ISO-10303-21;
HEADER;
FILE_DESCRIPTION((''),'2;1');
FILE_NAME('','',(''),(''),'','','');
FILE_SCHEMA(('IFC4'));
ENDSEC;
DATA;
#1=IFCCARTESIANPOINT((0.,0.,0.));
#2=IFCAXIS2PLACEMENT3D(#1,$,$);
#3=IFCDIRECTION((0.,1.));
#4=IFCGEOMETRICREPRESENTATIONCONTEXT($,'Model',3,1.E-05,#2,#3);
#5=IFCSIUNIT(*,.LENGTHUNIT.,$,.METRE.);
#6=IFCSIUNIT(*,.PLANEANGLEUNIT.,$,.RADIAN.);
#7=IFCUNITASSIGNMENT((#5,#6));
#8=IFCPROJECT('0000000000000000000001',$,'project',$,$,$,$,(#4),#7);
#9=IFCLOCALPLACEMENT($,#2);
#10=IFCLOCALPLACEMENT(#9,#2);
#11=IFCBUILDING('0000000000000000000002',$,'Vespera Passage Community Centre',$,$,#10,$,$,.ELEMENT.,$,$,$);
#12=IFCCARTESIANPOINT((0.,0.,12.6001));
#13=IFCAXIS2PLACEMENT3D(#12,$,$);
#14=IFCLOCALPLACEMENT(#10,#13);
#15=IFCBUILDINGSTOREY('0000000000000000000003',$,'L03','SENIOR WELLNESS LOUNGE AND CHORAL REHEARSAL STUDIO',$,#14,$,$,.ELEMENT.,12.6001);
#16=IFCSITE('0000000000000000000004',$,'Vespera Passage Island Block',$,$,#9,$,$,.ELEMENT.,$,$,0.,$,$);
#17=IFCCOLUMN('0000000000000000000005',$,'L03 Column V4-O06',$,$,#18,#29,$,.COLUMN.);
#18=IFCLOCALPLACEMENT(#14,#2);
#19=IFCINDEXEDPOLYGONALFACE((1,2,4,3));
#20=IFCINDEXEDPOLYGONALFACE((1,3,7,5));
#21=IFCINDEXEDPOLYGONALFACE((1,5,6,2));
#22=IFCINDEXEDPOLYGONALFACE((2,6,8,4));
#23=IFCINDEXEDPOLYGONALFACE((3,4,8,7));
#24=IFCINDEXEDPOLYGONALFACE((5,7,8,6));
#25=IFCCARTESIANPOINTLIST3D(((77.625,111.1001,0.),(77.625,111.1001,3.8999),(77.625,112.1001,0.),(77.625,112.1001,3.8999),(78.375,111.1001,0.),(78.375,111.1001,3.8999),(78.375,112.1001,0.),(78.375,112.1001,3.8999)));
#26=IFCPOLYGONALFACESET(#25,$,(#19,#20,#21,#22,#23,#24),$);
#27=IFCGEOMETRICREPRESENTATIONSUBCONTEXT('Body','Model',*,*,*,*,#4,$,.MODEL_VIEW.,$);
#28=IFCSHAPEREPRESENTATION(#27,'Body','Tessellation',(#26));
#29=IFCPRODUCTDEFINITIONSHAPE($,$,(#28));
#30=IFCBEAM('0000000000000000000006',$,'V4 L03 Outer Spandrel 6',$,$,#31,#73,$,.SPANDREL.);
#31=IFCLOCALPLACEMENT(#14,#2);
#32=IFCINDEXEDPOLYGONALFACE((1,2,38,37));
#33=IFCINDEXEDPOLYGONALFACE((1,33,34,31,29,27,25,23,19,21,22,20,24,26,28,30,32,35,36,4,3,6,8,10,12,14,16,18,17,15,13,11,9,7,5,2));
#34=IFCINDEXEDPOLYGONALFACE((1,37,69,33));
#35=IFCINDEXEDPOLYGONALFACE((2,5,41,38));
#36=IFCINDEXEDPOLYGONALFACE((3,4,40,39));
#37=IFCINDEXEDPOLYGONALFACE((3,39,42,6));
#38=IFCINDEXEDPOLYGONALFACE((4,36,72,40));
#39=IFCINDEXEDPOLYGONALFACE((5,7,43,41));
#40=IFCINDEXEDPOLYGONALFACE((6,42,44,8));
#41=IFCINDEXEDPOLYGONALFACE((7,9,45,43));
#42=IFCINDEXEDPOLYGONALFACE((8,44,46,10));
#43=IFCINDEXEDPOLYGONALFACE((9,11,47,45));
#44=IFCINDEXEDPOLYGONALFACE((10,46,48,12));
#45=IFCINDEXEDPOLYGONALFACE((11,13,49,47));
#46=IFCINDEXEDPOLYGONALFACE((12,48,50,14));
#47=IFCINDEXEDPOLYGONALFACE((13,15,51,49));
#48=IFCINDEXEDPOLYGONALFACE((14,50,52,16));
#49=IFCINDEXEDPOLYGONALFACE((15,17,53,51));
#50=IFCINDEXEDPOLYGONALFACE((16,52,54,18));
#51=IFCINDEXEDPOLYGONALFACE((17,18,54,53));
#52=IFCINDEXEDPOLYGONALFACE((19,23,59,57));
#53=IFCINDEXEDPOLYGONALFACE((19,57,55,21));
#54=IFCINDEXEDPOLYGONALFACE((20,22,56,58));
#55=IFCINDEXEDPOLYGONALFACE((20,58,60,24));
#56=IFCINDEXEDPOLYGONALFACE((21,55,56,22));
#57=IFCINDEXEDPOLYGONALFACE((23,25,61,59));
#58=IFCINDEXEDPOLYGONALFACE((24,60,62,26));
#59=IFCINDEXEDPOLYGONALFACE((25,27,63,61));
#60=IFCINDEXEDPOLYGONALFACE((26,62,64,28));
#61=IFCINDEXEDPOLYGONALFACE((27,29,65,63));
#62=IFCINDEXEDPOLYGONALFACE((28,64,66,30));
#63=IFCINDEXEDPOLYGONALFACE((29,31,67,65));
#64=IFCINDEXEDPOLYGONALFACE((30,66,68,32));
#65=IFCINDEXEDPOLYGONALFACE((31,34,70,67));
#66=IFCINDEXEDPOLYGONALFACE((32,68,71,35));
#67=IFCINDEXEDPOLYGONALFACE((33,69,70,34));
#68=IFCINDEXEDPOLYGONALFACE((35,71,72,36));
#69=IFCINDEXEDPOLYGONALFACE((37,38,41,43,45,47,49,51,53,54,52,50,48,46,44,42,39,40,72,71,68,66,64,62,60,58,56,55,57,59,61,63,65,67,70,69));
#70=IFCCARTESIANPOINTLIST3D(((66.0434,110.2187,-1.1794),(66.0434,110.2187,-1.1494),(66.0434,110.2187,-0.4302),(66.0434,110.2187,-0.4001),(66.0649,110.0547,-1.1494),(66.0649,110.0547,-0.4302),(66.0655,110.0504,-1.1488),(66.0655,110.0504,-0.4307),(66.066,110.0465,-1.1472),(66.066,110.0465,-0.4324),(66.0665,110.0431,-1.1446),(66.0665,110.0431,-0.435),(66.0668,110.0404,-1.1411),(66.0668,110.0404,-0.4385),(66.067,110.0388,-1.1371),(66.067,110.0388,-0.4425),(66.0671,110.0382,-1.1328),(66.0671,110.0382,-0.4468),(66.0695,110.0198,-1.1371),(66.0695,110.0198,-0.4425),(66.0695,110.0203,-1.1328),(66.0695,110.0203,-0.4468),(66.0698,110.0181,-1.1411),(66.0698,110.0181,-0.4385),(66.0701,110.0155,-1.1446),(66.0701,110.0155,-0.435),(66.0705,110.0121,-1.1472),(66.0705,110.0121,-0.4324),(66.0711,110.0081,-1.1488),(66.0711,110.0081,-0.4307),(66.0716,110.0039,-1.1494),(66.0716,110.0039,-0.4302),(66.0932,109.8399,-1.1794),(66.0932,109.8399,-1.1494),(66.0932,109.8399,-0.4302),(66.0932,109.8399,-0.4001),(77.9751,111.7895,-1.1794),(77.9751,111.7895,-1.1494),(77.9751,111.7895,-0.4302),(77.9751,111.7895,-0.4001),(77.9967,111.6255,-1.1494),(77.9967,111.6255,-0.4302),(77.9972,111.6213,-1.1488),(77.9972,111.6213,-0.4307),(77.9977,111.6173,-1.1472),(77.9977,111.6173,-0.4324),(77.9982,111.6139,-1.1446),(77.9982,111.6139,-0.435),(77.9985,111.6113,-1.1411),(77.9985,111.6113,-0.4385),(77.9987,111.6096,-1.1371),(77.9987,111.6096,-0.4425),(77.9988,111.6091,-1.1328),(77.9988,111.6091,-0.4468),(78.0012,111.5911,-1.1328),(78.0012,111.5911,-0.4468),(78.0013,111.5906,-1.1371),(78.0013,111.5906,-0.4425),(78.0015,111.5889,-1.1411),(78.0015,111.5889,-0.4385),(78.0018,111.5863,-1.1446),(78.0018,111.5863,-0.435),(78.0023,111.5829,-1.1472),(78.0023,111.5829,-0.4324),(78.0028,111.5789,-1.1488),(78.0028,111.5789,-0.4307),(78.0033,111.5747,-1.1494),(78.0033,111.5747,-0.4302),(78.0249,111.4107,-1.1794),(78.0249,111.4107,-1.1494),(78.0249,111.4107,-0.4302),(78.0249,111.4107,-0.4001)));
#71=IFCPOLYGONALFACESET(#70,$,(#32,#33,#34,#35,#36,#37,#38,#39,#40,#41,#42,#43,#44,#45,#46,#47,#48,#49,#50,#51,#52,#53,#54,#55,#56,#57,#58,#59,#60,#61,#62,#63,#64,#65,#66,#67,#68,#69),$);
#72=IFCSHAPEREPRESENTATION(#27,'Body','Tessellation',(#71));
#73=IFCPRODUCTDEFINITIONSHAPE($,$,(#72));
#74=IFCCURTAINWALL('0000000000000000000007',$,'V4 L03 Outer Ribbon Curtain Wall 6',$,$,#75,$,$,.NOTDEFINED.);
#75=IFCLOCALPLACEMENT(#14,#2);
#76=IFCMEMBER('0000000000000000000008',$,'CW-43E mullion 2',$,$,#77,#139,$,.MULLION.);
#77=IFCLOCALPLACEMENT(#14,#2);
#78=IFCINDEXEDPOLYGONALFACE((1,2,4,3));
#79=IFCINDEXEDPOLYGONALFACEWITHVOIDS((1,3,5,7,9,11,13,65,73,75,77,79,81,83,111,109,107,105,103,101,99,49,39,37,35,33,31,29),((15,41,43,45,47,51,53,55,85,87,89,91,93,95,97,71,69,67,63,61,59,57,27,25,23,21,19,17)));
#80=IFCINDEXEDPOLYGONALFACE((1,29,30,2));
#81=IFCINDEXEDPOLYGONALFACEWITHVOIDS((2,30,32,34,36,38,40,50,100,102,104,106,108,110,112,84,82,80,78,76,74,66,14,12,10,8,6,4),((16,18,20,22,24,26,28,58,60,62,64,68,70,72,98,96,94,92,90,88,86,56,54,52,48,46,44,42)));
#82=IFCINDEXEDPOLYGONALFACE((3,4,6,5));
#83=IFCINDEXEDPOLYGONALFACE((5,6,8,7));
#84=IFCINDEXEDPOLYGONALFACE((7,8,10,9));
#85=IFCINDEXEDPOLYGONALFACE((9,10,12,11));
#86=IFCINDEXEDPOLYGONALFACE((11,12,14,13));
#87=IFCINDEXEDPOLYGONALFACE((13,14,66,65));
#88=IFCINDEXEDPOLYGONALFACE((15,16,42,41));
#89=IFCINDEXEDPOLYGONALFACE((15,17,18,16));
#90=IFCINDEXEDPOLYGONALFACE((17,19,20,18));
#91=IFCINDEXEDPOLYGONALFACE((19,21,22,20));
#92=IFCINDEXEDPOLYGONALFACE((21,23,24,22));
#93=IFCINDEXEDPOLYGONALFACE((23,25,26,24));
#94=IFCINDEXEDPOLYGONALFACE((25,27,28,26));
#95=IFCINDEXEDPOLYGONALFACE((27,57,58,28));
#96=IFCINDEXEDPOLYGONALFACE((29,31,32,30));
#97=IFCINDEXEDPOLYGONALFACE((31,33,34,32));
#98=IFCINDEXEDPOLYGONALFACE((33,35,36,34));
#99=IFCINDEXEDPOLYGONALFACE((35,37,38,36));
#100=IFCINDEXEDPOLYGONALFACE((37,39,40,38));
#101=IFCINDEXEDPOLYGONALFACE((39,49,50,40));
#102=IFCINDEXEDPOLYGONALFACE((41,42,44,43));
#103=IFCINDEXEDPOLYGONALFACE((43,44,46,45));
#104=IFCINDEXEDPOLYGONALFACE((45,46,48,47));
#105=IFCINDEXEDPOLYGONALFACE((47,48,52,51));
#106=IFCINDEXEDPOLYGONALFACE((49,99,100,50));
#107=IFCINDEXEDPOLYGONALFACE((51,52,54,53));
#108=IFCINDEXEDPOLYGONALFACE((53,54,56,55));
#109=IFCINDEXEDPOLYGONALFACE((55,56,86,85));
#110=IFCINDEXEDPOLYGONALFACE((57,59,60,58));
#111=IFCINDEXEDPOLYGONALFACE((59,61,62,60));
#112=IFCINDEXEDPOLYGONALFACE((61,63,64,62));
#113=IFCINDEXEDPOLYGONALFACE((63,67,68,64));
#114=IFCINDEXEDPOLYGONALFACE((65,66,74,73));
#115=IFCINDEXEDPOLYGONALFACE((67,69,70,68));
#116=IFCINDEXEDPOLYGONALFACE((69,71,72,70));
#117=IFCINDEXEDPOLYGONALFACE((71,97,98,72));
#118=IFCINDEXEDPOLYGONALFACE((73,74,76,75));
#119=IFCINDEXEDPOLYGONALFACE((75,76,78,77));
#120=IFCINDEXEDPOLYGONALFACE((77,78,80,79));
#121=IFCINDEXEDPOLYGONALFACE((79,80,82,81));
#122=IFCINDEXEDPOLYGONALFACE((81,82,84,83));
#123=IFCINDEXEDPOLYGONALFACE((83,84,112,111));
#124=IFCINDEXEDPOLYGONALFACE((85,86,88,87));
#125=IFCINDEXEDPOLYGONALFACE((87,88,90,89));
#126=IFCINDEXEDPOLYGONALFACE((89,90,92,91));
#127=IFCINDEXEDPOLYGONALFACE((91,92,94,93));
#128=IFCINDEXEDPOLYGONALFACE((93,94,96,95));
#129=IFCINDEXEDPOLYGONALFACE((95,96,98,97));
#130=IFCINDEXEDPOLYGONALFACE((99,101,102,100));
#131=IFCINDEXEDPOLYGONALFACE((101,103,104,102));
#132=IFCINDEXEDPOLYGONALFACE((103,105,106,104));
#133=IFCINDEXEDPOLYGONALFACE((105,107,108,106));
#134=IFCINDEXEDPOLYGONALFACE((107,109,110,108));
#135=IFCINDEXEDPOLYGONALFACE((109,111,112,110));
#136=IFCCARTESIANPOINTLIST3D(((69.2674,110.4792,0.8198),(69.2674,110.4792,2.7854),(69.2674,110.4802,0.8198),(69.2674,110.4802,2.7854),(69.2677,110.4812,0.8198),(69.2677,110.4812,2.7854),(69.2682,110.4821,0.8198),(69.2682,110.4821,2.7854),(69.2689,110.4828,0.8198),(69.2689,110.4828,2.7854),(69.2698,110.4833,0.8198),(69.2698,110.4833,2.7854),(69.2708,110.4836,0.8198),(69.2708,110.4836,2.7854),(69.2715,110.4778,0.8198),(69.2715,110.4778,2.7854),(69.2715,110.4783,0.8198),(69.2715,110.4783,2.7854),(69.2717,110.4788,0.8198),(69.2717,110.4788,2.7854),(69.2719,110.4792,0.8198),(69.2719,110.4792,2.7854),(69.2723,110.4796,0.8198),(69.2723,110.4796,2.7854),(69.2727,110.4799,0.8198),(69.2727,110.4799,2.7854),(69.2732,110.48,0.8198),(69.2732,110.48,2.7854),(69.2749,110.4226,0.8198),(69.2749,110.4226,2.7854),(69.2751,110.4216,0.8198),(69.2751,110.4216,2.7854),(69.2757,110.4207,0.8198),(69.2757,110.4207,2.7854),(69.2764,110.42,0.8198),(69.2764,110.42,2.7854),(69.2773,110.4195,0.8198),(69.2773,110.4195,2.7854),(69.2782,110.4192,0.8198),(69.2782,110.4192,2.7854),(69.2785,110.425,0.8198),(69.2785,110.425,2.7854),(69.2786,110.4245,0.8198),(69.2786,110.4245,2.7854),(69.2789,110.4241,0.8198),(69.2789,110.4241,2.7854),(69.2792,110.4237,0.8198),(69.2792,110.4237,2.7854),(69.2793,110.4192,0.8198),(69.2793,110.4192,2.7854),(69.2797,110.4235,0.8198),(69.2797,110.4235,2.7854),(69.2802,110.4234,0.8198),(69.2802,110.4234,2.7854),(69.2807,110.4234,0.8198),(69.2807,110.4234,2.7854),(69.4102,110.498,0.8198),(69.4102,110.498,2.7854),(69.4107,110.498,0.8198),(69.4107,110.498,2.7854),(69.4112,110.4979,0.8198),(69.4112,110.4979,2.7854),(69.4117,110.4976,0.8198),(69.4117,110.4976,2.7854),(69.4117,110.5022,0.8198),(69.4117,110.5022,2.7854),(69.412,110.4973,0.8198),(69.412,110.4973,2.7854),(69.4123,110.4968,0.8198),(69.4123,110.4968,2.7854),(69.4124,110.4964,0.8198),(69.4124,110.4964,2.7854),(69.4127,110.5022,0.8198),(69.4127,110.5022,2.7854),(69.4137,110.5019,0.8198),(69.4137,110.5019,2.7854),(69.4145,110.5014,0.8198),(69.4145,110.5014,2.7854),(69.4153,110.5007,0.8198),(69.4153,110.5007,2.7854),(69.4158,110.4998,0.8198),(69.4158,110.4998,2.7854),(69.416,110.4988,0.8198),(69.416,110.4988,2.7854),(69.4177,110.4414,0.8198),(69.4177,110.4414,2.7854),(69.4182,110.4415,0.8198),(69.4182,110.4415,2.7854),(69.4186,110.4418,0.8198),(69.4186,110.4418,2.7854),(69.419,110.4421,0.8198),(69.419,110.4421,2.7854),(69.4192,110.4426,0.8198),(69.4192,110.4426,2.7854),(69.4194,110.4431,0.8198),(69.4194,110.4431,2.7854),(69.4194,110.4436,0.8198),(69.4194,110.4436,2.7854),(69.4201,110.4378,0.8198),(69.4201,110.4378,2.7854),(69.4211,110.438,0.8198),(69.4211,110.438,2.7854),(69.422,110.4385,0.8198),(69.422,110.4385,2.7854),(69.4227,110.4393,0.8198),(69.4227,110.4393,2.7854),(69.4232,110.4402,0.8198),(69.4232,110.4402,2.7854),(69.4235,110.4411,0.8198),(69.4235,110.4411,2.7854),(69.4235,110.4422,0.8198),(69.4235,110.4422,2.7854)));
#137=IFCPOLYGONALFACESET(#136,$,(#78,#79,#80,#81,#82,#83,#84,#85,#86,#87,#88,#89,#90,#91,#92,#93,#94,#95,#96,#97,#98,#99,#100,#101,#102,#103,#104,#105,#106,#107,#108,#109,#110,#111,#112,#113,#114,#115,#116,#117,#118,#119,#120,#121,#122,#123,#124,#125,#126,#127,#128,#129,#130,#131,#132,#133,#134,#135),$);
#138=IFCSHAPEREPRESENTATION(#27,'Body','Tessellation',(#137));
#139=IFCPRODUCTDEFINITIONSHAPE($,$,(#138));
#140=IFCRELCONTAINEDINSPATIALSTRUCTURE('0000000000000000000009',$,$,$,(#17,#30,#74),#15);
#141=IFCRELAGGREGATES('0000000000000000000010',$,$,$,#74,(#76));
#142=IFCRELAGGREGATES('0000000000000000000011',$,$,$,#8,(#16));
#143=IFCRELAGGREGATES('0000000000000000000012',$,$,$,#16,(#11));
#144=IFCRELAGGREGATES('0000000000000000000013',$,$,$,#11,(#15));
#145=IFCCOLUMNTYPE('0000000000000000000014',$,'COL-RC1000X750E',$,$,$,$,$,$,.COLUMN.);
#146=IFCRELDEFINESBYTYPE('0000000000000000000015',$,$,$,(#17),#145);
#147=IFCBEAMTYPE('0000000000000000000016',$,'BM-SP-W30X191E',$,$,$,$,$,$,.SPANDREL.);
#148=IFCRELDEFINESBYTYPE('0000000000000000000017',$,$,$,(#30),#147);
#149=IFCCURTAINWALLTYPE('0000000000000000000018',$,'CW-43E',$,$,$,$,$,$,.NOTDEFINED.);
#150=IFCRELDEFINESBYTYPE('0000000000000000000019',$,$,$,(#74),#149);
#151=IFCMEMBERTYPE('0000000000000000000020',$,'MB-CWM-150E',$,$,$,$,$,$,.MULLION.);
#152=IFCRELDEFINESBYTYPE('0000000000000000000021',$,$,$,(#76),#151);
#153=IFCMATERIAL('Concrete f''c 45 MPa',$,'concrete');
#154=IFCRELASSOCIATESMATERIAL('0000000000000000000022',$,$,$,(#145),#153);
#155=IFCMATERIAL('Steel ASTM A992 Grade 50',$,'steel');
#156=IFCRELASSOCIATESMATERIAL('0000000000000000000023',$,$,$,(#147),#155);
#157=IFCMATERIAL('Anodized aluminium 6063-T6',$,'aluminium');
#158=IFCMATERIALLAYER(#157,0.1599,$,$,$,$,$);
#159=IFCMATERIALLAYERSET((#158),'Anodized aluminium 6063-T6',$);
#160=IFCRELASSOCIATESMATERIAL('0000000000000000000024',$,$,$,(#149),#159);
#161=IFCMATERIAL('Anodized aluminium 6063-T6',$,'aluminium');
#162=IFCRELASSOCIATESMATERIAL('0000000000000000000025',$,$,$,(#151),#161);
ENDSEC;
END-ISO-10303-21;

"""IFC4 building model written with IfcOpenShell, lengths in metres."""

from ifc_helpers import new_model, si_unit, direction, frame, origin, origin_2d, place, context, subcontext, project, spatial, rectangle, hollow_rectangle, i_section, extrude, material, layer, layer_set, material_profile, profile_set, type_object, element, aggregate, save


model = new_model("IFC4")

# Units and contexts
model_context = context("Model", 3, precision=1e-05, world=origin(), true_north=direction((0.0, 1.0)))
body_context = subcontext(model_context, "Body", "Model", "MODEL_VIEW")
ifc_project = project(units=[si_unit("LENGTHUNIT", "METRE"), si_unit("PLANEANGLEUNIT", "RADIAN")], contexts=[model_context])

# Site, building, storey
site_placement = place(None, origin())
site = spatial("IfcSite", under=ifc_project, at=site_placement, Name="Vespera Passage Island Block", CompositionType="ELEMENT", RefElevation=0.0)
building_placement = place(site_placement, origin())
building = spatial("IfcBuilding", under=site, at=building_placement, Name="Vespera Passage Community Centre", CompositionType="ELEMENT")
storey_placement = place(building_placement, frame((0.0, 0.0, 12.6001)))
storey = spatial("IfcBuildingStorey", under=building, at=storey_placement, Name="L03", Description="SENIOR WELLNESS LOUNGE AND CHORAL REHEARSAL STUDIO", CompositionType="ELEMENT", Elevation=12.6001)

# Column
ifc_material_1 = material(Name="Concrete f'c 45 MPa", Category="concrete")
ifc_material_profile_1 = material_profile(ifc_material_1, rectangle(XDim=0.75, YDim=1.0, at=origin_2d()), Name="RC1000X750")
ifc_profile_set_1 = profile_set([ifc_material_profile_1], Name="Concrete f'c 45 MPa")
column_type = type_object("IfcColumnType", Name="COL-RC1000X750E", PredefinedType="COLUMN", material=ifc_profile_set_1)
column_placement = place(storey_placement, frame((78.0, 111.6001, 0.0), z_axis=(0.0, 0.0, 1.0), x_axis=(1.0, 0.0, 0.0)))
element("IfcColumn", 1, at=column_placement, inside=storey, type_object=column_type, Name="L03 Column V4-O06", PredefinedType="COLUMN", context=body_context, shape_type="SweptSolid", body=[
    extrude(rectangle(XDim=0.75, YDim=1.0, at=origin_2d()), origin(), (0.0, 0.0, 1.0), 3.8999),
])

# Beam
ifc_material_2 = material(Name="Steel ASTM A992 Grade 50", Category="steel")
ifc_material_profile_2 = material_profile(ifc_material_2, i_section(OverallWidth=0.3821, OverallDepth=0.7793, WebThickness=0.0181, FlangeThickness=0.03, FilletRadius=0.0166, at=origin_2d()), Name="W30X191")
ifc_profile_set_2 = profile_set([ifc_material_profile_2], Name="Steel ASTM A992 Grade 50")
beam_type = type_object("IfcBeamType", Name="BM-SP-W30X191E", PredefinedType="SPANDREL", material=ifc_profile_set_2)
beam_placement = place(storey_placement, frame((78.0, 111.6001, -0.7898), z_axis=(-0.991445, -0.130524, 0.0), x_axis=(0.130524, -0.991445, 0.0)))
element("IfcBeam", 2, at=beam_placement, inside=storey, type_object=beam_type, Name="V4 L03 Outer Spandrel 6", PredefinedType="SPANDREL", context=body_context, shape_type="SweptSolid", body=[
    extrude(i_section(OverallWidth=0.3821, OverallDepth=0.7793, WebThickness=0.0181, FlangeThickness=0.03, FilletRadius=0.0166, at=origin_2d()), origin(), (0.0, 0.0, 1.0), 12.0347),
])

# Curtain wall, member
ifc_material_3 = material(Name="Anodized aluminium 6063-T6", Category="aluminium")
ifc_layer_1 = layer(ifc_material_3, 0.1599)
ifc_layer_set_1 = layer_set([ifc_layer_1], Name="Anodized aluminium 6063-T6")
curtain_wall_type = type_object("IfcCurtainWallType", Name="CW-43E", PredefinedType="NOTDEFINED", material=ifc_layer_set_1)
curtain_wall_placement = place(storey_placement, origin())
curtain_wall = element("IfcCurtainWall", 3, at=curtain_wall_placement, inside=storey, type_object=curtain_wall_type, Name="V4 L03 Outer Ribbon Curtain Wall 6", PredefinedType="NOTDEFINED")
ifc_material_4 = material(Name="Anodized aluminium 6063-T6", Category="aluminium")
ifc_material_profile_3 = material_profile(ifc_material_4, hollow_rectangle(XDim=0.0649, YDim=0.1499, WallThickness=0.0039, InnerFilletRadius=0.002, OuterFilletRadius=0.0039, at=origin_2d()), Name="ALU150X65X4")
ifc_profile_set_3 = profile_set([ifc_material_profile_3], Name="Anodized aluminium 6063-T6")
member_type_1 = type_object("IfcMemberType", Name="MB-CWM-150E", PredefinedType="MULLION", material=ifc_profile_set_3)
member_1_placement = place(storey_placement, frame((69.3455, 110.4607, 0.8198), z_axis=(0.0, 0.0, 1.0), x_axis=(-0.130531, 0.991444, 0.0)))
member_1 = element("IfcMember", 4, at=member_1_placement, type_object=member_type_1, Name="CW-43E mullion 2", PredefinedType="MULLION", context=body_context, shape_type="SweptSolid", body=[
    extrude(hollow_rectangle(XDim=0.0649, YDim=0.1499, WallThickness=0.0039, InnerFilletRadius=0.002, OuterFilletRadius=0.0039, at=origin_2d()), origin(), (0.0, 0.0, 1.0), 1.9656),
])
aggregate(curtain_wall, [member_1])

save(model, "model.ifc")
